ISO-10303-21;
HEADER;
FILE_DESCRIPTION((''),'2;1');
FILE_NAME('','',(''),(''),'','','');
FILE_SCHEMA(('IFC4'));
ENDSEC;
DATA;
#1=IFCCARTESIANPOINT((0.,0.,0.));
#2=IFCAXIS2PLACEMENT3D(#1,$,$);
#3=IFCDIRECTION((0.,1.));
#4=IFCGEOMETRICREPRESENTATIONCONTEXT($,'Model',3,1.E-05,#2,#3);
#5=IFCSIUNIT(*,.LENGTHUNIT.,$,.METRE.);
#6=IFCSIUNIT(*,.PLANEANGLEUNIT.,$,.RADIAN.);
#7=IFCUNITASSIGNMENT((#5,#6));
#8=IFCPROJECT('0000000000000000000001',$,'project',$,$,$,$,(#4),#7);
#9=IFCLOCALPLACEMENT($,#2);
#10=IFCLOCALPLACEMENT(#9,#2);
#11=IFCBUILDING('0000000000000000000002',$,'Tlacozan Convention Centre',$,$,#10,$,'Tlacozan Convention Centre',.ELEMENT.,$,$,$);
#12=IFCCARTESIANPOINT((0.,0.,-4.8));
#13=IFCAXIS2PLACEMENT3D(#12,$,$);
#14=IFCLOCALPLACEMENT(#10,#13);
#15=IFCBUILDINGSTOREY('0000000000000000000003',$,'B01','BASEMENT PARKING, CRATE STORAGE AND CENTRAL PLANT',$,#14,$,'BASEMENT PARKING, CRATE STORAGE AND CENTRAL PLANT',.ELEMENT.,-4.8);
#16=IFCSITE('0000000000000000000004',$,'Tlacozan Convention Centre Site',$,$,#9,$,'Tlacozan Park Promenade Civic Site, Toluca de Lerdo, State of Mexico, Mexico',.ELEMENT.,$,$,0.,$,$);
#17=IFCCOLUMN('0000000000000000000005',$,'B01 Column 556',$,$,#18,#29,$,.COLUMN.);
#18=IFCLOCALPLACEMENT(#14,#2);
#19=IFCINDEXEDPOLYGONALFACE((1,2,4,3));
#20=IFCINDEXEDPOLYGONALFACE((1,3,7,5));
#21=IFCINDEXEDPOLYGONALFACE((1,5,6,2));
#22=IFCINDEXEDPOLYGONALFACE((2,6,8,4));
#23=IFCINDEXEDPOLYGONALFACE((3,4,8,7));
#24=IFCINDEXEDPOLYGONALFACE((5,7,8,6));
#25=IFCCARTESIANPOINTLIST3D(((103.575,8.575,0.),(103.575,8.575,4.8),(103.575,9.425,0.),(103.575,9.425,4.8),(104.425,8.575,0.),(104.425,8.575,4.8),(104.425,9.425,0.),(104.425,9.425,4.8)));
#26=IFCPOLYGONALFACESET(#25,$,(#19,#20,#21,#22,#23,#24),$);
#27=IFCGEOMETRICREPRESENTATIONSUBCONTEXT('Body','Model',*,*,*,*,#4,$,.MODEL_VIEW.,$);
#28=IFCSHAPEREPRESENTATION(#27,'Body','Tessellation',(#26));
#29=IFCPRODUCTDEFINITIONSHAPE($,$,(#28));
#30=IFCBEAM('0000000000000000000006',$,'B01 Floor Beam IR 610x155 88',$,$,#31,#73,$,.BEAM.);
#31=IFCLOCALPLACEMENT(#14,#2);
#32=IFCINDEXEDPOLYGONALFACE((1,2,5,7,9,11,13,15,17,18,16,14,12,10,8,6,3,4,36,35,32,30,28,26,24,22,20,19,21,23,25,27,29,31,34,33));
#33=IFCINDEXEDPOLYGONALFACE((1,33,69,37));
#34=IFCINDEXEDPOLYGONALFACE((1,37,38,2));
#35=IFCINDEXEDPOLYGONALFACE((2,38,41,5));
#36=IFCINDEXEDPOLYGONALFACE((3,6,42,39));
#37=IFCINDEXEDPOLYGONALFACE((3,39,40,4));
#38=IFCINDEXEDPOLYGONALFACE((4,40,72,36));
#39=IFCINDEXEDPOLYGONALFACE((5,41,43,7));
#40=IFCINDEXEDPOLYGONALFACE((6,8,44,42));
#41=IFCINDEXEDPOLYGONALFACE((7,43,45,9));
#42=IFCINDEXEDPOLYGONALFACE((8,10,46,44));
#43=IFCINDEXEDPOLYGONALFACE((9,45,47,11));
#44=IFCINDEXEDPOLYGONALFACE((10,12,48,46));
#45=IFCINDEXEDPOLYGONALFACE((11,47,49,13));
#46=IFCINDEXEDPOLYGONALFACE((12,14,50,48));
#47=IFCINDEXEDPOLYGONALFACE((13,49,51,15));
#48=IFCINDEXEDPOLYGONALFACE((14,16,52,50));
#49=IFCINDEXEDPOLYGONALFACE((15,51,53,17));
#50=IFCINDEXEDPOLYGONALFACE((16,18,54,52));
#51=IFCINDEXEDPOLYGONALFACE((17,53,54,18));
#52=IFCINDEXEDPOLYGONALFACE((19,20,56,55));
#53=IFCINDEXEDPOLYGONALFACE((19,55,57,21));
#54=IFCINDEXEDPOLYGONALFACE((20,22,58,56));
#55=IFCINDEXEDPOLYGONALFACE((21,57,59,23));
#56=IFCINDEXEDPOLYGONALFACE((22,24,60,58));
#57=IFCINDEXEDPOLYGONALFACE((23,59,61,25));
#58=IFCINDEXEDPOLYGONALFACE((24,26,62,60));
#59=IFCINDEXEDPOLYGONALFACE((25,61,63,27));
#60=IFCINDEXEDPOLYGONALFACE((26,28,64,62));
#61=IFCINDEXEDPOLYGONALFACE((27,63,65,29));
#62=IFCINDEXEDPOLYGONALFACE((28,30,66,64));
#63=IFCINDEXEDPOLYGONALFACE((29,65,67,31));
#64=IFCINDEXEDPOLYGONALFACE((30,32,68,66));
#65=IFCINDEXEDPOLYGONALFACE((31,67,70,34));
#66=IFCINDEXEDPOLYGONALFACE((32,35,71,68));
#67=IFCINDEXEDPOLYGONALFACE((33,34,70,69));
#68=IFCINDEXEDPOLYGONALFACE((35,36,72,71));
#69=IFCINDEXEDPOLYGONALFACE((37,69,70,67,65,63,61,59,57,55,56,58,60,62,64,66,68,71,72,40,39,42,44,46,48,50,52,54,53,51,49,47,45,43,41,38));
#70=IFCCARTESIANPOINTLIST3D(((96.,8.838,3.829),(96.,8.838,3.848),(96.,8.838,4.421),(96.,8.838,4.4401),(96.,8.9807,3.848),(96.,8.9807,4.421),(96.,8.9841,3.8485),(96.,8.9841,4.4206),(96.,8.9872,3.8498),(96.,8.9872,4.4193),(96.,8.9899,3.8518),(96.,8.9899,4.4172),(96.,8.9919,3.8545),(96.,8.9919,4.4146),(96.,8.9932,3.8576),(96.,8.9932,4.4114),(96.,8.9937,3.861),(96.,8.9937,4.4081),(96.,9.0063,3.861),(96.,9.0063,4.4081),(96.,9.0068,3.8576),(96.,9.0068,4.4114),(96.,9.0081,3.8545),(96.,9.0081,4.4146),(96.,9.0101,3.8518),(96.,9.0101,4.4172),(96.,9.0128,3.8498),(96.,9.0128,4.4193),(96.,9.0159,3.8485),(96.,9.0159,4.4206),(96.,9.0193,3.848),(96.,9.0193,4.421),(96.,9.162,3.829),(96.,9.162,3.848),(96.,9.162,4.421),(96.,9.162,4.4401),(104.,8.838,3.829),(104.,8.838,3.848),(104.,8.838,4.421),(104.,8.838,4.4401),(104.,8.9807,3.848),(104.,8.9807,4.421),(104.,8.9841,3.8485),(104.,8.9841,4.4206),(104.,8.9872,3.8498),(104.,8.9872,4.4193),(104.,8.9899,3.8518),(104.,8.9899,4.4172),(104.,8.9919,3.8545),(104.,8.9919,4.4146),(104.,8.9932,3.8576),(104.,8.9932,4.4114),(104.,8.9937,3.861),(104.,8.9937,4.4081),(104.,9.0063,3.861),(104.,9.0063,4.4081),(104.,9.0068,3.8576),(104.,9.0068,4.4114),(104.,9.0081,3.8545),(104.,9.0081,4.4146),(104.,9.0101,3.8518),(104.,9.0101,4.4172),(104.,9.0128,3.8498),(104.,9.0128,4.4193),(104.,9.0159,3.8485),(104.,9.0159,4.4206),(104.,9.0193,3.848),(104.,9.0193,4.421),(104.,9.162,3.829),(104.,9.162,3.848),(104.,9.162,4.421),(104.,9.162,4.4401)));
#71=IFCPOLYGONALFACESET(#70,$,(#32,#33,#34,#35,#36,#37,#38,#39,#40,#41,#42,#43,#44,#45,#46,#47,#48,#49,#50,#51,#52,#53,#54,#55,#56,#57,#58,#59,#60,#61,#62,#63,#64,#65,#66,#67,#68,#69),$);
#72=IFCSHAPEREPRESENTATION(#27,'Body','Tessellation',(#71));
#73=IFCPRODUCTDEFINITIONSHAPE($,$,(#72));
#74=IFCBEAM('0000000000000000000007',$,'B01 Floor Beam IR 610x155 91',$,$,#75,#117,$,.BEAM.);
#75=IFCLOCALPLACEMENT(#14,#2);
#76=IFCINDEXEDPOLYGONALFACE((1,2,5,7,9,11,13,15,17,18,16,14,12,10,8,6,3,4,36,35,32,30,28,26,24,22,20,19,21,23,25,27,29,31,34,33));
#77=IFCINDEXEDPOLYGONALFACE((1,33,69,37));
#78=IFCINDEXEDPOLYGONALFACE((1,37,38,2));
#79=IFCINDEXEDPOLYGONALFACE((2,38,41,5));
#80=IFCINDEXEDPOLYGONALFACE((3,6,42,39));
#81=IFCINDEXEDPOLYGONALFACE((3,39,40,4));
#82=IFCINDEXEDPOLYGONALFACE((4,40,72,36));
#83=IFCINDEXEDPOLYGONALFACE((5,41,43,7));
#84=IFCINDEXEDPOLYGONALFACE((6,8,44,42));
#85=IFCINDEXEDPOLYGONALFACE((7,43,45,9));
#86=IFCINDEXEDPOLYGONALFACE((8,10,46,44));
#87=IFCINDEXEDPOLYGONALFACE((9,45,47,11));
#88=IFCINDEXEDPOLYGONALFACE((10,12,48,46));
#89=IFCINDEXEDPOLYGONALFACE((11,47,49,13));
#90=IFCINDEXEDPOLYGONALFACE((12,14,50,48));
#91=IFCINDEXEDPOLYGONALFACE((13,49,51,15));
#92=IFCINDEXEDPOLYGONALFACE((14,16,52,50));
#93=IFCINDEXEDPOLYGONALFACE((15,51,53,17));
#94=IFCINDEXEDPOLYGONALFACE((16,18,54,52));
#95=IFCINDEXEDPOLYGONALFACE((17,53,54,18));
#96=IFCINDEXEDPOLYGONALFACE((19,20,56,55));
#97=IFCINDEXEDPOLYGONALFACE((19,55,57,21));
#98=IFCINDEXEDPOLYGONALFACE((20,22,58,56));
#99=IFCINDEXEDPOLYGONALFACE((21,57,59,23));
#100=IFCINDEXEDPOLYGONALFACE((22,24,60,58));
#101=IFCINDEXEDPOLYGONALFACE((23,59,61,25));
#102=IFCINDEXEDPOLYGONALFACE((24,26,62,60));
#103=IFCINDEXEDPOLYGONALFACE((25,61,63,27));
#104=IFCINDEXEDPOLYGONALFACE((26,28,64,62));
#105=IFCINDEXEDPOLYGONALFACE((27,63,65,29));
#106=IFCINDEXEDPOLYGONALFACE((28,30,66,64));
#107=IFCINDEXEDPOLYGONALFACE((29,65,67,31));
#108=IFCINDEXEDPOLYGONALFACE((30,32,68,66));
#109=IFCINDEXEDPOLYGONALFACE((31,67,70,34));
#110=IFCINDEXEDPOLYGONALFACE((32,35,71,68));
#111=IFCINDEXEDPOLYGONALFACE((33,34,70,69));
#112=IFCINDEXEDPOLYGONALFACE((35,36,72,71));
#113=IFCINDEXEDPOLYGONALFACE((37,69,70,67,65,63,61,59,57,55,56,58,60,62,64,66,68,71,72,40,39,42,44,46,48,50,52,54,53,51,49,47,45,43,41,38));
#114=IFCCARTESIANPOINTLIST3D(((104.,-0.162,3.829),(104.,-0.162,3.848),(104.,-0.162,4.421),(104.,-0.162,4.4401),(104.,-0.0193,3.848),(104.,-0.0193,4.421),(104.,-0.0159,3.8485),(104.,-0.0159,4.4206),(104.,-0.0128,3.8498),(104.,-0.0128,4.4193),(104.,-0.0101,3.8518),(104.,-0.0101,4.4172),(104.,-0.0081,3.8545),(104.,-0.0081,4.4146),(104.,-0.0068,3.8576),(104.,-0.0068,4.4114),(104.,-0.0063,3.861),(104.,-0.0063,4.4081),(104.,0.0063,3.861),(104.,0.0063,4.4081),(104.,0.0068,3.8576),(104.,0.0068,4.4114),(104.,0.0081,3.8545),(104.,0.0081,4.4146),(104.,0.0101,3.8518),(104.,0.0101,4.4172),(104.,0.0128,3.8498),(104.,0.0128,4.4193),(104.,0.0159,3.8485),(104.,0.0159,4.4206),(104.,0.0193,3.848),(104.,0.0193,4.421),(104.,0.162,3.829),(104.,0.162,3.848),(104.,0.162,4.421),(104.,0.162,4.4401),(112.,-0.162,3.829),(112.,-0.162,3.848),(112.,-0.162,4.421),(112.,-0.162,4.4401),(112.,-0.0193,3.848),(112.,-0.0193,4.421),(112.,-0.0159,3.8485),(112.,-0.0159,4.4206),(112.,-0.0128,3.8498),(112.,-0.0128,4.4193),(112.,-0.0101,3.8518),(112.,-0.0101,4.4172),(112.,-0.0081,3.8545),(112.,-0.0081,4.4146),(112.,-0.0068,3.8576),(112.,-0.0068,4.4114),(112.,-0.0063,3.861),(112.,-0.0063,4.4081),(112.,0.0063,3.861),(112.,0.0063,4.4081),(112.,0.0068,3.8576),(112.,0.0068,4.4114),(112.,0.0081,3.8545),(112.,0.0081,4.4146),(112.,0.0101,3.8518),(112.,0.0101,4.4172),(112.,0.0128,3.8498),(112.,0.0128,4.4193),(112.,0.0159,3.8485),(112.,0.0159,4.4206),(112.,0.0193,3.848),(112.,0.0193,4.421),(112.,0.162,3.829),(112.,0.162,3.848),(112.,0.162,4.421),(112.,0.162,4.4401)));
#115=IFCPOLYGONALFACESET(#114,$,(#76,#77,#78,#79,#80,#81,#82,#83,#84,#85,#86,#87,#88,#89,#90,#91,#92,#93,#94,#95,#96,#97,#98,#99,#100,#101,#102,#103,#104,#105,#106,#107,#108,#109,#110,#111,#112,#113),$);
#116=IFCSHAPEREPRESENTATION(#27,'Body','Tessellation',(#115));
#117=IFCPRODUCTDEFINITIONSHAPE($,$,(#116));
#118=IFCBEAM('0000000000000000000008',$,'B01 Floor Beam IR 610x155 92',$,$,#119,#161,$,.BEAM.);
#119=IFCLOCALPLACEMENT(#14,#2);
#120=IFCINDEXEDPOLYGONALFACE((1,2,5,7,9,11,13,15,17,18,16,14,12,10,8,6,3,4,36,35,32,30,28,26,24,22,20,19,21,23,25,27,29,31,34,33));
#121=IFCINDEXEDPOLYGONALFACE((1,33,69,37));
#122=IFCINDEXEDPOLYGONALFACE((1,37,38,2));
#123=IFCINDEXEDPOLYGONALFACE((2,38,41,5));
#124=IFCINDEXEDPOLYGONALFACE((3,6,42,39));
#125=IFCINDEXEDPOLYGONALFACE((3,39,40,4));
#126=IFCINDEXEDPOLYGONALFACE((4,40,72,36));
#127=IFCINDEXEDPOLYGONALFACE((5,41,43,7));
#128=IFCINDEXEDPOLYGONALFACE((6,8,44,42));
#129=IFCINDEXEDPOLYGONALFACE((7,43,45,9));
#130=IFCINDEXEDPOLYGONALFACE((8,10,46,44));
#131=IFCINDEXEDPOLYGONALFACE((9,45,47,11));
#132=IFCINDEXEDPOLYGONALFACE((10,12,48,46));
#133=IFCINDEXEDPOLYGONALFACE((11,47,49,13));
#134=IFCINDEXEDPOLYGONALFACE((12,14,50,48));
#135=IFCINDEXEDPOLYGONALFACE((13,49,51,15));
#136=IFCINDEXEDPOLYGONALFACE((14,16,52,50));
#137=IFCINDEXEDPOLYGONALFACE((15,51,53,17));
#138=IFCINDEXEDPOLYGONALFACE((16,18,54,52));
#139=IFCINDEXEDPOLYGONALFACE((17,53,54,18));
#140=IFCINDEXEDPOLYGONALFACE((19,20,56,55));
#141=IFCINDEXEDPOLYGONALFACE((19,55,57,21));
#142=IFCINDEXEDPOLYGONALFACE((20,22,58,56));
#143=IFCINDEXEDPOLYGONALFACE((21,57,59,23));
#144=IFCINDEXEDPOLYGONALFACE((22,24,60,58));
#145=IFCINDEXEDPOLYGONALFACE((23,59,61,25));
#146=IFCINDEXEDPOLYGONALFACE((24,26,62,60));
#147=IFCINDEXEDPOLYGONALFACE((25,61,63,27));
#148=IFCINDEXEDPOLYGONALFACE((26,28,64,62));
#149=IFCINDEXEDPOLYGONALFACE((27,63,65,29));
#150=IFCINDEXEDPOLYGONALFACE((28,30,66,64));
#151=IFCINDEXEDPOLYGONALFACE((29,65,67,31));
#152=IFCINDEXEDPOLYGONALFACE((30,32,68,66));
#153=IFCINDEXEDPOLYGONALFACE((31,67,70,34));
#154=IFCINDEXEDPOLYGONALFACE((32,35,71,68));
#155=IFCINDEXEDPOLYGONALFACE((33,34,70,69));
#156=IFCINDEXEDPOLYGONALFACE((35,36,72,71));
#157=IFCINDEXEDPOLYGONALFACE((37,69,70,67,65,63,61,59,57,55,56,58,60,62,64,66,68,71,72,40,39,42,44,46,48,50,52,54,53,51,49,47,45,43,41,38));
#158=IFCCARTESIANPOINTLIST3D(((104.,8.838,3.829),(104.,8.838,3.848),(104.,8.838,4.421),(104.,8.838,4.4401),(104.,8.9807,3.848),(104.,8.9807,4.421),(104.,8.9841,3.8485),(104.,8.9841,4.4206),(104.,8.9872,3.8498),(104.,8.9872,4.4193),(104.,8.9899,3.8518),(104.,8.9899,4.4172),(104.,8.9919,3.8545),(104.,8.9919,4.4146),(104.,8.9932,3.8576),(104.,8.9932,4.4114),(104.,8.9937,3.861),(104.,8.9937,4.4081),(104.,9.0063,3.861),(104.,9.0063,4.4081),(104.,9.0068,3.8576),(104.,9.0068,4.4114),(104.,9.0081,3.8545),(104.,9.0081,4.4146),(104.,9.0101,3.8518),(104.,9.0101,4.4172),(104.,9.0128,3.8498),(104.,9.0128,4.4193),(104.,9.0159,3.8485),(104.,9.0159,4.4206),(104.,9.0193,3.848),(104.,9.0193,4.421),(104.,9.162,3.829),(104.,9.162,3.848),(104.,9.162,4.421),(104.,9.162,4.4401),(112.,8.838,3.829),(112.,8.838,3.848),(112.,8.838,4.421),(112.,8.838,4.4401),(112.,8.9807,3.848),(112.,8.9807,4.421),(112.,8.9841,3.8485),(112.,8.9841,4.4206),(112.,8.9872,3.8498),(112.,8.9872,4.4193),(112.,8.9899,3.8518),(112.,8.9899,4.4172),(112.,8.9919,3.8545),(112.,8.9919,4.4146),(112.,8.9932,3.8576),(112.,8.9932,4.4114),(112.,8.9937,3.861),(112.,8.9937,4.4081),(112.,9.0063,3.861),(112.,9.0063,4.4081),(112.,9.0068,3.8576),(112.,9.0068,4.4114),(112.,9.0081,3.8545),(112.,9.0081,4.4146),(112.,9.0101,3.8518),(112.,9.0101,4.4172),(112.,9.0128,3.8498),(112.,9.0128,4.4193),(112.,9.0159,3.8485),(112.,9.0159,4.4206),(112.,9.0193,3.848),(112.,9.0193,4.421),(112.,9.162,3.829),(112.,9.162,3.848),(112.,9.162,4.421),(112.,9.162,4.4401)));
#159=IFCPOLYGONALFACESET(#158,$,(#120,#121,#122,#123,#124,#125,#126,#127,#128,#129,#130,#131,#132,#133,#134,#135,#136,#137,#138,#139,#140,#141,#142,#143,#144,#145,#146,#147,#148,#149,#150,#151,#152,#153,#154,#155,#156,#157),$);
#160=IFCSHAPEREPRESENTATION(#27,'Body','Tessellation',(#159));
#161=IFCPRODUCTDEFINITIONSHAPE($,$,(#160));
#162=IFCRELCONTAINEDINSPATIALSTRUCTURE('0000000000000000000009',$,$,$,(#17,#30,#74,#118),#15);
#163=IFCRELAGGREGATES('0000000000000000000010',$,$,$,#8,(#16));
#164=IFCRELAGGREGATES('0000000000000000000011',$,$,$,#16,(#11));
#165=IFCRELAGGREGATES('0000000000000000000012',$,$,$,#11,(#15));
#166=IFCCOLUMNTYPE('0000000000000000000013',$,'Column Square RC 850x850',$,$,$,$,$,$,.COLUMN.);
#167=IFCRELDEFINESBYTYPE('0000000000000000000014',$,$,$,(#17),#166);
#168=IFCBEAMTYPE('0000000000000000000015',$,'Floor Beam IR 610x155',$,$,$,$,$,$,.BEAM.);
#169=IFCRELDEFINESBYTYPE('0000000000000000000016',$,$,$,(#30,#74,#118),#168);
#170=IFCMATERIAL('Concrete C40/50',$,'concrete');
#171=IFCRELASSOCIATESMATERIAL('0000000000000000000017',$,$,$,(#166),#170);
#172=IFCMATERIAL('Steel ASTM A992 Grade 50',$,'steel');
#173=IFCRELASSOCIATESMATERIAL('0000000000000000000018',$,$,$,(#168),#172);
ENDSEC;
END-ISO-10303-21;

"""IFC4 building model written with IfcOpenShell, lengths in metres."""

from ifc_helpers import new_model, si_unit, direction, frame, origin, origin_2d, place, context, subcontext, project, spatial, rectangle, i_section, extrude, material, material_profile, profile_set, type_object, element, save


model = new_model("IFC4")

# Units and contexts
model_context = context("Model", 3, precision=1e-05, world=origin(), true_north=direction((0.0, 1.0)))
body_context = subcontext(model_context, "Body", "Model", "MODEL_VIEW")
ifc_project = project(units=[si_unit("LENGTHUNIT", "METRE"), si_unit("PLANEANGLEUNIT", "RADIAN")], contexts=[model_context])

# Site, building, storey
site_placement = place(None, origin())
site = spatial("IfcSite", under=ifc_project, at=site_placement, Name="Tlacozan Convention Centre Site", LongName="Tlacozan Park Promenade Civic Site, Toluca de Lerdo, State of Mexico, Mexico", CompositionType="ELEMENT", RefElevation=0.0)
building_placement = place(site_placement, origin())
building = spatial("IfcBuilding", under=site, at=building_placement, Name="Tlacozan Convention Centre", LongName="Tlacozan Convention Centre", CompositionType="ELEMENT")
storey_placement = place(building_placement, frame((0.0, 0.0, -4.8)))
storey = spatial("IfcBuildingStorey", under=building, at=storey_placement, Name="B01", Description="BASEMENT PARKING, CRATE STORAGE AND CENTRAL PLANT", LongName="BASEMENT PARKING, CRATE STORAGE AND CENTRAL PLANT", CompositionType="ELEMENT", Elevation=-4.8)

# Column
ifc_material_1 = material(Name="Concrete C40/50", Category="concrete")
ifc_material_profile_1 = material_profile(ifc_material_1, rectangle(XDim=0.8501, YDim=0.8501, at=origin_2d()), Name="RC 850x850")
ifc_profile_set_1 = profile_set([ifc_material_profile_1], Name="Concrete C40/50")
column_type = type_object("IfcColumnType", Name="Column Square RC 850x850", PredefinedType="COLUMN", material=ifc_profile_set_1)
for number, where, z_axis, x_axis, name in (
    (1, (104.0, 9.0, 0.0), (0.0, 0.0, 1.0), (1.0, 0.0, 0.0), "B01 Column 556"),
):
    element("IfcColumn", number, at=place(storey_placement, frame(where, z_axis=z_axis, x_axis=x_axis)), inside=storey, type_object=column_type, Name=name, PredefinedType="COLUMN", context=body_context, shape_type="SweptSolid", body=[
        extrude(rectangle(XDim=0.8501, YDim=0.8501, at=origin_2d()), origin(), (0.0, 0.0, 1.0), 4.8),
    ])

# Beams
ifc_material_2 = material(Name="Steel ASTM A992 Grade 50", Category="steel")
ifc_material_profile_2 = material_profile(ifc_material_2, i_section(OverallWidth=0.324, OverallDepth=0.6111, WebThickness=0.0127, FlangeThickness=0.019, FilletRadius=0.0129, at=origin_2d()), Name="IR 610x155.0")
ifc_profile_set_2 = profile_set([ifc_material_profile_2], Name="Steel ASTM A992 Grade 50")
beam_type_1 = type_object("IfcBeamType", Name="Floor Beam IR 610x155", PredefinedType="BEAM", material=ifc_profile_set_2)
for number, where, z_axis, x_axis, name in (
    (2, (96.0, 9.0, 4.1345), (1.0, 0.0, 0.0), (0.0, 1.0, 0.0), "B01 Floor Beam IR 610x155 88"),
    (3, (104.0, 0.0, 4.1345), (1.0, 0.0, 0.0), (0.0, 1.0, 0.0), "B01 Floor Beam IR 610x155 91"),
    (4, (104.0, 9.0, 4.1345), (1.0, 0.0, 0.0), (0.0, 1.0, 0.0), "B01 Floor Beam IR 610x155 92"),
):
    element("IfcBeam", number, at=place(storey_placement, frame(where, z_axis=z_axis, x_axis=x_axis)), inside=storey, type_object=beam_type_1, Name=name, PredefinedType="BEAM", context=body_context, shape_type="SweptSolid", body=[
        extrude(i_section(OverallWidth=0.324, OverallDepth=0.6111, WebThickness=0.0127, FlangeThickness=0.019, FilletRadius=0.0129, at=origin_2d()), origin(), (0.0, 0.0, 1.0), 8.0),
    ])

save(model, "model.ifc")
